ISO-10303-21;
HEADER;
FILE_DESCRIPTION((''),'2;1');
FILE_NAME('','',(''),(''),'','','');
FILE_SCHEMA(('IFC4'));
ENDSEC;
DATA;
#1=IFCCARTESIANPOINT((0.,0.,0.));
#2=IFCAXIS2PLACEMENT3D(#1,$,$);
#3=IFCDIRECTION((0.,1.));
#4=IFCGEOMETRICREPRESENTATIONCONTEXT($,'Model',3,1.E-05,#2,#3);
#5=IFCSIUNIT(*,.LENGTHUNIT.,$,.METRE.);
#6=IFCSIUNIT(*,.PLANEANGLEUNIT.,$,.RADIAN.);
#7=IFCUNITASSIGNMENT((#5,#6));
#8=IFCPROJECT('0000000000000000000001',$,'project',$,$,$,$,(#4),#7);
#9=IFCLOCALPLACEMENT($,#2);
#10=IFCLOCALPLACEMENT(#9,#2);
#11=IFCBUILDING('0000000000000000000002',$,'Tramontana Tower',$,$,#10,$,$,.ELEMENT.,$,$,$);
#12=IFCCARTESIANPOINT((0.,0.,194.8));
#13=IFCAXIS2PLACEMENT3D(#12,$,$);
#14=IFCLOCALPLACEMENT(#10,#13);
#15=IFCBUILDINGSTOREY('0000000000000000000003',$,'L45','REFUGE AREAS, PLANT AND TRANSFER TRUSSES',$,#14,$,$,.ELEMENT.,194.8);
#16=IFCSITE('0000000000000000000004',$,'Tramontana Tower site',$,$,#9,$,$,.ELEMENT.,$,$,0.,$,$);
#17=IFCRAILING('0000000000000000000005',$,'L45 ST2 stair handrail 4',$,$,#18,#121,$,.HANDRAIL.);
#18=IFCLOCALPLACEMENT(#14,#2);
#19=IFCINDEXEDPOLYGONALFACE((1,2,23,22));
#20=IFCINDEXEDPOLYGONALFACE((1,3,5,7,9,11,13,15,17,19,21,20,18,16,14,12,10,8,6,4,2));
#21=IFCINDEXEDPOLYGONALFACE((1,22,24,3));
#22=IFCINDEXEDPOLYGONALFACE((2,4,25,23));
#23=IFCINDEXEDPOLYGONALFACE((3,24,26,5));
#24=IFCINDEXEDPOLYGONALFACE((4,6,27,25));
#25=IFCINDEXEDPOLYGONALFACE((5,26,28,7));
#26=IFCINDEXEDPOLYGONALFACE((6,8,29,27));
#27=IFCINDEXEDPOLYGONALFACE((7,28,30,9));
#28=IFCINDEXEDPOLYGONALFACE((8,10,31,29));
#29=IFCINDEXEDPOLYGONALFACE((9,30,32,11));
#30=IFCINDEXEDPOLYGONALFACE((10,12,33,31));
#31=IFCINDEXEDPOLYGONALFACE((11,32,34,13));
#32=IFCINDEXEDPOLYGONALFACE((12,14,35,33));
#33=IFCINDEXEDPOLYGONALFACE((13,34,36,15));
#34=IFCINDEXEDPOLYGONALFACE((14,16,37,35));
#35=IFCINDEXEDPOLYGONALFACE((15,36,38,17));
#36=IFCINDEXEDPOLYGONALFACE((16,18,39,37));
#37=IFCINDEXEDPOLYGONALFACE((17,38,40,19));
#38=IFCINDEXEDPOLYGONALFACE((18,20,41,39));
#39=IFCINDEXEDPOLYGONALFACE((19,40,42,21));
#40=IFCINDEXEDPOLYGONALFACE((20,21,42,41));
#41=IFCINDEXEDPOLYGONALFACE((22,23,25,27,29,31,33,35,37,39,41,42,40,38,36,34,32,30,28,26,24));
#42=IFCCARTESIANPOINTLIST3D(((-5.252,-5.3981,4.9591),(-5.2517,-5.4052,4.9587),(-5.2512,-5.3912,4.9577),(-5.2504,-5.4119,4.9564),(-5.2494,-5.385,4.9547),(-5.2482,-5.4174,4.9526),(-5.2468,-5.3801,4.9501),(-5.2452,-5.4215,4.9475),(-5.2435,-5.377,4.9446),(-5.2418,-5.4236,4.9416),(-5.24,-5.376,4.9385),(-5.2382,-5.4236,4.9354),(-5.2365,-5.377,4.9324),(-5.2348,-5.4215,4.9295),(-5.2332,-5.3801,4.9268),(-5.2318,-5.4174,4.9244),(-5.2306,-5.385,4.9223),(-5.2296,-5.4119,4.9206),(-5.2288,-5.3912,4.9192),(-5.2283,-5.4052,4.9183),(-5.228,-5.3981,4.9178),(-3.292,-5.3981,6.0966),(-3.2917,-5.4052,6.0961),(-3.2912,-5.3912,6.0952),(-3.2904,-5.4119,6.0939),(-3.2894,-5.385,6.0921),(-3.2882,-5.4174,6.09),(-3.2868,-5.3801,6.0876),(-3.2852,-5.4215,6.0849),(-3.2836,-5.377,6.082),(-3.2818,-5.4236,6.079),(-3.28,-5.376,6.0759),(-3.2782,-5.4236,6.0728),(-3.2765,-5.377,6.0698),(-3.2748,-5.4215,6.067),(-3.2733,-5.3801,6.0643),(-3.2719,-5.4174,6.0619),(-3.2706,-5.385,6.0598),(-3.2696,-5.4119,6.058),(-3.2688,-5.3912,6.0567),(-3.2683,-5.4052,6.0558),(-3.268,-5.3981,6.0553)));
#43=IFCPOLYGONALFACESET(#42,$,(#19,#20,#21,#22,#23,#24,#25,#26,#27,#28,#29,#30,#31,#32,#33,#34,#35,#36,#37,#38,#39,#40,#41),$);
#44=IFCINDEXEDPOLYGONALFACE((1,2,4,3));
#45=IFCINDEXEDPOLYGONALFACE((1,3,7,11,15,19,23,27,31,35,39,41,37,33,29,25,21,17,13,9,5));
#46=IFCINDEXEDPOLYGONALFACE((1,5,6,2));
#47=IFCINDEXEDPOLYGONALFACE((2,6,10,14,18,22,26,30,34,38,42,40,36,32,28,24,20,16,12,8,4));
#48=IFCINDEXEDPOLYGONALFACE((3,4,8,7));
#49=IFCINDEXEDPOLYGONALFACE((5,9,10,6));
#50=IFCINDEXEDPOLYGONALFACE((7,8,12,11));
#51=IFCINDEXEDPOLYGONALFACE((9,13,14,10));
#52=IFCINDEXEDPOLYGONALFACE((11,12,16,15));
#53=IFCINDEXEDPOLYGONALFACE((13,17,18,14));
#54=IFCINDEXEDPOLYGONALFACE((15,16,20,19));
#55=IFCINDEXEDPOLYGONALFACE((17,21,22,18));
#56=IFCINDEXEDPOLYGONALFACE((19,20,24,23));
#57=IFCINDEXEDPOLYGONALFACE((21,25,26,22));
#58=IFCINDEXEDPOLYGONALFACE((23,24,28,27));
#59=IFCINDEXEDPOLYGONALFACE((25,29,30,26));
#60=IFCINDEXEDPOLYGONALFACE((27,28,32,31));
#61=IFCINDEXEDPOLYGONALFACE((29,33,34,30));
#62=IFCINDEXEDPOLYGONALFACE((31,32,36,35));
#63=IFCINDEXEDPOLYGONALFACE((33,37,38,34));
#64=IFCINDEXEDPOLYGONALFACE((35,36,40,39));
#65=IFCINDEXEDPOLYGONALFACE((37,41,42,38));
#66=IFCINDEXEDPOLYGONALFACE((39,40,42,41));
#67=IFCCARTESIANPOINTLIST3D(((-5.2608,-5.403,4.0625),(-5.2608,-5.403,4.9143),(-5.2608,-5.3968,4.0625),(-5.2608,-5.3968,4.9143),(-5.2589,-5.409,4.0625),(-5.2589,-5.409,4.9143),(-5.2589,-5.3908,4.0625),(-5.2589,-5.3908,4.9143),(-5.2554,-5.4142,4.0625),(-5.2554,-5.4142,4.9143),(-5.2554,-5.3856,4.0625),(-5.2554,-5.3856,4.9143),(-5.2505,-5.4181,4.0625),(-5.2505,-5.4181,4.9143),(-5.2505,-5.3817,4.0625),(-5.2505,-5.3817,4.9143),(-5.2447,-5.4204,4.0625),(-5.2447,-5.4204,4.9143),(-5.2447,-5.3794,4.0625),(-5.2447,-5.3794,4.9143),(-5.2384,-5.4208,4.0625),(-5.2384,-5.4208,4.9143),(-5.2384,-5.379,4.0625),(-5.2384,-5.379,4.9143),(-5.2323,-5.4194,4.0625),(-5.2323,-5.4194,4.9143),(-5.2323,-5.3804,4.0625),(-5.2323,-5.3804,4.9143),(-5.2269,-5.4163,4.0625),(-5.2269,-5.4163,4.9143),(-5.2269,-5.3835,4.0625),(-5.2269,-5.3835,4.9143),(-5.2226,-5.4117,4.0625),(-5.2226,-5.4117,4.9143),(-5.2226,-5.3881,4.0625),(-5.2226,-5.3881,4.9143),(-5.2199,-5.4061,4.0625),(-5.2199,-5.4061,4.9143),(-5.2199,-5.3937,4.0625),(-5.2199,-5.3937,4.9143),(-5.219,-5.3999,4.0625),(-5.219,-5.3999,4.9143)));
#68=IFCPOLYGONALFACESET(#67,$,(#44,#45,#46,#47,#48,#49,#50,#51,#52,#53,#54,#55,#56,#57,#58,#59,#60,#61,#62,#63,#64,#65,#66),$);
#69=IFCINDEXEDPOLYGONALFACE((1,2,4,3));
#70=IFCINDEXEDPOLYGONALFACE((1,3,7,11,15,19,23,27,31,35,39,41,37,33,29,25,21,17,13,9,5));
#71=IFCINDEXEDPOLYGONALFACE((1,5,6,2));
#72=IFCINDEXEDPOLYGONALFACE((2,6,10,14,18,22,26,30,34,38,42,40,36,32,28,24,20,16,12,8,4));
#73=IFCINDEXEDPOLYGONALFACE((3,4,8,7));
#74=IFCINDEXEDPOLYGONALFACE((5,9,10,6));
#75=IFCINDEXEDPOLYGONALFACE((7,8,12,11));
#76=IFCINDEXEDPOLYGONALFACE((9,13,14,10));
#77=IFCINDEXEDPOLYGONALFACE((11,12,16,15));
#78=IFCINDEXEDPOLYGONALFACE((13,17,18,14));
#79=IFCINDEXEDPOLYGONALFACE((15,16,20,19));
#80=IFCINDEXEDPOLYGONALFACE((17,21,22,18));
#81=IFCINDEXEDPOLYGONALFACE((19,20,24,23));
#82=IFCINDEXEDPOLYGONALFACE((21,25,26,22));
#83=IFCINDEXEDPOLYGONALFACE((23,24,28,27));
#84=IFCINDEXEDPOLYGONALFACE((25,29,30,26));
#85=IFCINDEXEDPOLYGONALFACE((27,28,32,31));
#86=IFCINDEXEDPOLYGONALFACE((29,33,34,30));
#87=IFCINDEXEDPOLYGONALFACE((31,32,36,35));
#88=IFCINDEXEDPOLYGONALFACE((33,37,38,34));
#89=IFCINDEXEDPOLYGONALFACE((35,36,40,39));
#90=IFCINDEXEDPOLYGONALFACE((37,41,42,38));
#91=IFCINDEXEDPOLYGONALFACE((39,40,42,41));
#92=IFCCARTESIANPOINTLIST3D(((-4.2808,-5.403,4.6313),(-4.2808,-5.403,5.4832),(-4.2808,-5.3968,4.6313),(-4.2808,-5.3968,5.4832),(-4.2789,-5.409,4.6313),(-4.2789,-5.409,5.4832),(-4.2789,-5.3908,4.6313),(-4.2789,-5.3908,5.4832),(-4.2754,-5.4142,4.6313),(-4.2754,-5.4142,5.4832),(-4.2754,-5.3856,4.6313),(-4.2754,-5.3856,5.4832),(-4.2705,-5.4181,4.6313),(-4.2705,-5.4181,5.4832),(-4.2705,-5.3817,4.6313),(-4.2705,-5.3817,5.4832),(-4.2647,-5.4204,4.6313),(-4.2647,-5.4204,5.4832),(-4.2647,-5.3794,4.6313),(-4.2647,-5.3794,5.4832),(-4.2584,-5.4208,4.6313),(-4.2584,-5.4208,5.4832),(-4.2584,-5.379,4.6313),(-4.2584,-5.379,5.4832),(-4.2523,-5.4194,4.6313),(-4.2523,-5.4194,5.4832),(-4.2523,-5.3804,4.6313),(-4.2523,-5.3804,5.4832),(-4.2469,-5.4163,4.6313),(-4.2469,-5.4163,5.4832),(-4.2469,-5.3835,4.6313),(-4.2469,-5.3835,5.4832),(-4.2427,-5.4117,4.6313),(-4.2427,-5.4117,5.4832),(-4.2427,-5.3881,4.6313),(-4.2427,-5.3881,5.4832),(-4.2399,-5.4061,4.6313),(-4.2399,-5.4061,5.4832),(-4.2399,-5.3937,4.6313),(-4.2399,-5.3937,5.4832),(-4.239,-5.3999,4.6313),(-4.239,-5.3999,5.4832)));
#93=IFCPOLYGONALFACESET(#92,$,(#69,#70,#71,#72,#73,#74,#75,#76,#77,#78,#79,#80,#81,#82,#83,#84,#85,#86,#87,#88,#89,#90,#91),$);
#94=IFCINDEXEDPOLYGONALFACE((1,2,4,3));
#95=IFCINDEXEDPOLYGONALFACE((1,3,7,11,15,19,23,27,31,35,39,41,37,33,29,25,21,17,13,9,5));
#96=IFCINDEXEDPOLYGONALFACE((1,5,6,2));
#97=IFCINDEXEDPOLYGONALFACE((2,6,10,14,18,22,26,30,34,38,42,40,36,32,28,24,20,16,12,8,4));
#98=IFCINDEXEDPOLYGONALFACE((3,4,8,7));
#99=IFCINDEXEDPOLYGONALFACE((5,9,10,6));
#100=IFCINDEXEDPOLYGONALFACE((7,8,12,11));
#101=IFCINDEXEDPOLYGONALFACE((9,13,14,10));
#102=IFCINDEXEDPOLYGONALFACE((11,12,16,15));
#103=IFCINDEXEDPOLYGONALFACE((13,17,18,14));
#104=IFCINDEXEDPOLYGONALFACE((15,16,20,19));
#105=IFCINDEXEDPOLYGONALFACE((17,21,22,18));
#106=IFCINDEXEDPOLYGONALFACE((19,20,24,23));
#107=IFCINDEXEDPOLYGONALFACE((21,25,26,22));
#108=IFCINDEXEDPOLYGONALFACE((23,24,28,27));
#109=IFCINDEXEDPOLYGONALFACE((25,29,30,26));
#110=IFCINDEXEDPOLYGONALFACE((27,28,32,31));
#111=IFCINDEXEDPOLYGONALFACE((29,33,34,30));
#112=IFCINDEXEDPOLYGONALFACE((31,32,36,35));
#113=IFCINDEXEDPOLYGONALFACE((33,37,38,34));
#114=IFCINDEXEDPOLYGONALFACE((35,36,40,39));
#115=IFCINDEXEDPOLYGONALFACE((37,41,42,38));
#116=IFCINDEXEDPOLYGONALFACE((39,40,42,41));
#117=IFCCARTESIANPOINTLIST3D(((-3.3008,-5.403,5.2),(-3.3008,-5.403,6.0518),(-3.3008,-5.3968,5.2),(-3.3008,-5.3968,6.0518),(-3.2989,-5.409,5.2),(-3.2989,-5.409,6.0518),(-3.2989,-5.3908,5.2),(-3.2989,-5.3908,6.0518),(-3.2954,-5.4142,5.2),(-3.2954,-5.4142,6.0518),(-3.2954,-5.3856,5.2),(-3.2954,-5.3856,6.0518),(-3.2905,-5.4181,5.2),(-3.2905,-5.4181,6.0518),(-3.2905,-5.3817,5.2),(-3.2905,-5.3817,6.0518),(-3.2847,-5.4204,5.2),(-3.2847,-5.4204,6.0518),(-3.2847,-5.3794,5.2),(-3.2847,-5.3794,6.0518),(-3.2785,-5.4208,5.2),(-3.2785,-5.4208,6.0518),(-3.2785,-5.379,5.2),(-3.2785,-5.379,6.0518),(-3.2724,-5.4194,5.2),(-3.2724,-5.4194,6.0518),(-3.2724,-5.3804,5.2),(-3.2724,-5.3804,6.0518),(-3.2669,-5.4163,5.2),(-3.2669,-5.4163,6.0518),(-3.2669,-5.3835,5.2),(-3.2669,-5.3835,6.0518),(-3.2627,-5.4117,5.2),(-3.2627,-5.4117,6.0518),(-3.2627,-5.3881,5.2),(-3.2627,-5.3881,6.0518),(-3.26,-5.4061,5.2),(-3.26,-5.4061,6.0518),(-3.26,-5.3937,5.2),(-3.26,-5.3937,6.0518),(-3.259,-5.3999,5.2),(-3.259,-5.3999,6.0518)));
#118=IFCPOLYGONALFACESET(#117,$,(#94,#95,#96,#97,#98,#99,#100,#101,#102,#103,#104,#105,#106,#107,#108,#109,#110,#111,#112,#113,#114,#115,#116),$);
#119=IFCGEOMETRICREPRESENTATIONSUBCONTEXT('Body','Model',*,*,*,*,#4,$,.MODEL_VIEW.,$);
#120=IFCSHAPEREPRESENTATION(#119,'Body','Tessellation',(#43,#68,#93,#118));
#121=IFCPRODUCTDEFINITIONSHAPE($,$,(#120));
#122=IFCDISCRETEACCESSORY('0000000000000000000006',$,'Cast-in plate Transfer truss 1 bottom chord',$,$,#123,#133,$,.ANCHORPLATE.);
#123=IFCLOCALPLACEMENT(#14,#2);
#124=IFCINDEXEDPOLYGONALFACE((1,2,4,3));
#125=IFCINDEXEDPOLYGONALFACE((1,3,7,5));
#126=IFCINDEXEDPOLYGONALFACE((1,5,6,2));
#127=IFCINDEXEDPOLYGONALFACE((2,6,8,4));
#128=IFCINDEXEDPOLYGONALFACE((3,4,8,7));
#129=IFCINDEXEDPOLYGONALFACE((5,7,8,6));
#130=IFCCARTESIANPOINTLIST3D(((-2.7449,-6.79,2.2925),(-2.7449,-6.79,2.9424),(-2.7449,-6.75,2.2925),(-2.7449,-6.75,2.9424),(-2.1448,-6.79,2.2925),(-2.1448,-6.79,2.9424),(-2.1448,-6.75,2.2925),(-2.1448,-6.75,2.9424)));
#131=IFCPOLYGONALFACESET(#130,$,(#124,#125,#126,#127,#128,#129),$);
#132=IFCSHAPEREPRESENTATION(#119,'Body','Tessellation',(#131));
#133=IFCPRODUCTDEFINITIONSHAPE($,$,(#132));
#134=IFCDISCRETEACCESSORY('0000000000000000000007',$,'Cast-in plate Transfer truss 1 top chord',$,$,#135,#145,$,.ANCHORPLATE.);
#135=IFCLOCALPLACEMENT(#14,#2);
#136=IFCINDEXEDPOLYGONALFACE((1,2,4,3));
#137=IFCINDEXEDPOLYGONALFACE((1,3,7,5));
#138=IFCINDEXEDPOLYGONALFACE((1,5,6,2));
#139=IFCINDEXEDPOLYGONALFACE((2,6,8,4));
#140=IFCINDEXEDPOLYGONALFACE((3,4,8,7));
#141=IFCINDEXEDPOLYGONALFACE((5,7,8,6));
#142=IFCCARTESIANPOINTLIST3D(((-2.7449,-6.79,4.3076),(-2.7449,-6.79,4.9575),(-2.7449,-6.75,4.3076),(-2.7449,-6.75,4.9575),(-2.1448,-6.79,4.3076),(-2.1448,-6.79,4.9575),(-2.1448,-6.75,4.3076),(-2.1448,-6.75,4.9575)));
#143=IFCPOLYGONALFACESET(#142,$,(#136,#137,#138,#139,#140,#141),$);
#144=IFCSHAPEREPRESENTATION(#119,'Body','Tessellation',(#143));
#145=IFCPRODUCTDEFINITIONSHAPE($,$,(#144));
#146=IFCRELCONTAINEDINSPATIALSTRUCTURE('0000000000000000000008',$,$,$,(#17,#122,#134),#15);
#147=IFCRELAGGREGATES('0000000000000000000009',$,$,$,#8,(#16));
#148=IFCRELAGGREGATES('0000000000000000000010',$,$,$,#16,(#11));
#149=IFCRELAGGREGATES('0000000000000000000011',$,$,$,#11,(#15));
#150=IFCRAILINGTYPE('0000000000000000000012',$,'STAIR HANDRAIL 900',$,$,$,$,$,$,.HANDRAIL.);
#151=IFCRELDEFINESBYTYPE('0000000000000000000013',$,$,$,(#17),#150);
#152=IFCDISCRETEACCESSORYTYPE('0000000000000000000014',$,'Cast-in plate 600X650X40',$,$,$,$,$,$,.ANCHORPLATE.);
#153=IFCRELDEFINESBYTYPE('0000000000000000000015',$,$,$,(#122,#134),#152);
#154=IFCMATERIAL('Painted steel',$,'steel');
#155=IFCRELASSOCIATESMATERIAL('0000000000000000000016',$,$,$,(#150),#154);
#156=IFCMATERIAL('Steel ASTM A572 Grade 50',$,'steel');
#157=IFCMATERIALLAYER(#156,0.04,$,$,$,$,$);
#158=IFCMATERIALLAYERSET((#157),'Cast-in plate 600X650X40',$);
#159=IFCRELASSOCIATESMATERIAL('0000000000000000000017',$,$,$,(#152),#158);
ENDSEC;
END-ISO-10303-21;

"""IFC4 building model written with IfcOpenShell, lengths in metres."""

from ifc_helpers import new_model, si_unit, direction, frame, origin, origin_2d, place, context, subcontext, project, spatial, rectangle, circle, extrude, material, layer, layer_set, type_object, element, save


model = new_model("IFC4")

# Units and contexts
model_context = context("Model", 3, precision=1e-05, world=origin(), true_north=direction((0.0, 1.0)))
body_context = subcontext(model_context, "Body", "Model", "MODEL_VIEW")
ifc_project = project(units=[si_unit("LENGTHUNIT", "METRE"), si_unit("PLANEANGLEUNIT", "RADIAN")], contexts=[model_context])

# Site, building, storey
site_placement = place(None, origin())
site = spatial("IfcSite", under=ifc_project, at=site_placement, Name="Tramontana Tower site", CompositionType="ELEMENT", RefElevation=0.0)
building_placement = place(site_placement, origin())
building = spatial("IfcBuilding", under=site, at=building_placement, Name="Tramontana Tower", CompositionType="ELEMENT")
storey_placement = place(building_placement, frame((0.0, 0.0, 194.8)))
storey = spatial("IfcBuildingStorey", under=building, at=storey_placement, Name="L45", Description="REFUGE AREAS, PLANT AND TRANSFER TRUSSES", CompositionType="ELEMENT", Elevation=194.8)

# Railing
ifc_material_1 = material(Name="Painted steel", Category="steel")
railing_type_1 = type_object("IfcRailingType", Name="STAIR HANDRAIL 900", PredefinedType="HANDRAIL", material=ifc_material_1)
railing_1_placement = place(storey_placement, frame((-5.24, -5.3999, 4.0625)))
element("IfcRailing", 1, at=railing_1_placement, inside=storey, type_object=railing_type_1, Name="L45 ST2 stair handrail 4", PredefinedType="HANDRAIL", context=body_context, shape_type="SweptSolid", body=[
    extrude(circle(Radius=0.0239, at=origin_2d()), frame((0.0, 0.0, 0.876), z_axis=(0.864902, 0.0, 0.501941), x_axis=(0.0, 1.0, 0.0)), (0.0, 0.0, 1.0), 2.2661),
    extrude(circle(Radius=0.021, at=origin_2d()), origin(), (0.0, 0.0, 1.0), 0.8518),
    extrude(circle(Radius=0.021, at=origin_2d()), frame((0.98, 0.0, 0.5688)), (0.0, 0.0, 1.0), 0.8518),
    extrude(circle(Radius=0.021, at=origin_2d()), frame((1.96, 0.0, 1.1375)), (0.0, 0.0, 1.0), 0.8518),
])

# Discrete accessories
ifc_material_2 = material(Name="Steel ASTM A572 Grade 50", Category="steel")
ifc_layer_1 = layer(ifc_material_2, 0.04)
ifc_layer_set_1 = layer_set([ifc_layer_1], Name="Cast-in plate 600X650X40")
discrete_accessory_type = type_object("IfcDiscreteAccessoryType", Name="Cast-in plate 600X650X40", PredefinedType="ANCHORPLATE", material=ifc_layer_set_1)
for number, where, z_axis, x_axis, name in (
    (2, (-2.4448, -6.77, 2.2925), (0.0, 0.0, 1.0), (1.0, 0.0, 0.0), "Cast-in plate Transfer truss 1 bottom chord"),
    (3, (-2.4448, -6.77, 4.3076), (0.0, 0.0, 1.0), (1.0, 0.0, 0.0), "Cast-in plate Transfer truss 1 top chord"),
):
    element("IfcDiscreteAccessory", number, at=place(storey_placement, frame(where, z_axis=z_axis, x_axis=x_axis)), inside=storey, type_object=discrete_accessory_type, Name=name, PredefinedType="ANCHORPLATE", context=body_context, shape_type="SweptSolid", body=[
        extrude(rectangle(XDim=0.6001, YDim=0.04, at=origin_2d()), origin(), (0.0, 0.0, 1.0), 0.6499),
    ])

save(model, "model.ifc")
